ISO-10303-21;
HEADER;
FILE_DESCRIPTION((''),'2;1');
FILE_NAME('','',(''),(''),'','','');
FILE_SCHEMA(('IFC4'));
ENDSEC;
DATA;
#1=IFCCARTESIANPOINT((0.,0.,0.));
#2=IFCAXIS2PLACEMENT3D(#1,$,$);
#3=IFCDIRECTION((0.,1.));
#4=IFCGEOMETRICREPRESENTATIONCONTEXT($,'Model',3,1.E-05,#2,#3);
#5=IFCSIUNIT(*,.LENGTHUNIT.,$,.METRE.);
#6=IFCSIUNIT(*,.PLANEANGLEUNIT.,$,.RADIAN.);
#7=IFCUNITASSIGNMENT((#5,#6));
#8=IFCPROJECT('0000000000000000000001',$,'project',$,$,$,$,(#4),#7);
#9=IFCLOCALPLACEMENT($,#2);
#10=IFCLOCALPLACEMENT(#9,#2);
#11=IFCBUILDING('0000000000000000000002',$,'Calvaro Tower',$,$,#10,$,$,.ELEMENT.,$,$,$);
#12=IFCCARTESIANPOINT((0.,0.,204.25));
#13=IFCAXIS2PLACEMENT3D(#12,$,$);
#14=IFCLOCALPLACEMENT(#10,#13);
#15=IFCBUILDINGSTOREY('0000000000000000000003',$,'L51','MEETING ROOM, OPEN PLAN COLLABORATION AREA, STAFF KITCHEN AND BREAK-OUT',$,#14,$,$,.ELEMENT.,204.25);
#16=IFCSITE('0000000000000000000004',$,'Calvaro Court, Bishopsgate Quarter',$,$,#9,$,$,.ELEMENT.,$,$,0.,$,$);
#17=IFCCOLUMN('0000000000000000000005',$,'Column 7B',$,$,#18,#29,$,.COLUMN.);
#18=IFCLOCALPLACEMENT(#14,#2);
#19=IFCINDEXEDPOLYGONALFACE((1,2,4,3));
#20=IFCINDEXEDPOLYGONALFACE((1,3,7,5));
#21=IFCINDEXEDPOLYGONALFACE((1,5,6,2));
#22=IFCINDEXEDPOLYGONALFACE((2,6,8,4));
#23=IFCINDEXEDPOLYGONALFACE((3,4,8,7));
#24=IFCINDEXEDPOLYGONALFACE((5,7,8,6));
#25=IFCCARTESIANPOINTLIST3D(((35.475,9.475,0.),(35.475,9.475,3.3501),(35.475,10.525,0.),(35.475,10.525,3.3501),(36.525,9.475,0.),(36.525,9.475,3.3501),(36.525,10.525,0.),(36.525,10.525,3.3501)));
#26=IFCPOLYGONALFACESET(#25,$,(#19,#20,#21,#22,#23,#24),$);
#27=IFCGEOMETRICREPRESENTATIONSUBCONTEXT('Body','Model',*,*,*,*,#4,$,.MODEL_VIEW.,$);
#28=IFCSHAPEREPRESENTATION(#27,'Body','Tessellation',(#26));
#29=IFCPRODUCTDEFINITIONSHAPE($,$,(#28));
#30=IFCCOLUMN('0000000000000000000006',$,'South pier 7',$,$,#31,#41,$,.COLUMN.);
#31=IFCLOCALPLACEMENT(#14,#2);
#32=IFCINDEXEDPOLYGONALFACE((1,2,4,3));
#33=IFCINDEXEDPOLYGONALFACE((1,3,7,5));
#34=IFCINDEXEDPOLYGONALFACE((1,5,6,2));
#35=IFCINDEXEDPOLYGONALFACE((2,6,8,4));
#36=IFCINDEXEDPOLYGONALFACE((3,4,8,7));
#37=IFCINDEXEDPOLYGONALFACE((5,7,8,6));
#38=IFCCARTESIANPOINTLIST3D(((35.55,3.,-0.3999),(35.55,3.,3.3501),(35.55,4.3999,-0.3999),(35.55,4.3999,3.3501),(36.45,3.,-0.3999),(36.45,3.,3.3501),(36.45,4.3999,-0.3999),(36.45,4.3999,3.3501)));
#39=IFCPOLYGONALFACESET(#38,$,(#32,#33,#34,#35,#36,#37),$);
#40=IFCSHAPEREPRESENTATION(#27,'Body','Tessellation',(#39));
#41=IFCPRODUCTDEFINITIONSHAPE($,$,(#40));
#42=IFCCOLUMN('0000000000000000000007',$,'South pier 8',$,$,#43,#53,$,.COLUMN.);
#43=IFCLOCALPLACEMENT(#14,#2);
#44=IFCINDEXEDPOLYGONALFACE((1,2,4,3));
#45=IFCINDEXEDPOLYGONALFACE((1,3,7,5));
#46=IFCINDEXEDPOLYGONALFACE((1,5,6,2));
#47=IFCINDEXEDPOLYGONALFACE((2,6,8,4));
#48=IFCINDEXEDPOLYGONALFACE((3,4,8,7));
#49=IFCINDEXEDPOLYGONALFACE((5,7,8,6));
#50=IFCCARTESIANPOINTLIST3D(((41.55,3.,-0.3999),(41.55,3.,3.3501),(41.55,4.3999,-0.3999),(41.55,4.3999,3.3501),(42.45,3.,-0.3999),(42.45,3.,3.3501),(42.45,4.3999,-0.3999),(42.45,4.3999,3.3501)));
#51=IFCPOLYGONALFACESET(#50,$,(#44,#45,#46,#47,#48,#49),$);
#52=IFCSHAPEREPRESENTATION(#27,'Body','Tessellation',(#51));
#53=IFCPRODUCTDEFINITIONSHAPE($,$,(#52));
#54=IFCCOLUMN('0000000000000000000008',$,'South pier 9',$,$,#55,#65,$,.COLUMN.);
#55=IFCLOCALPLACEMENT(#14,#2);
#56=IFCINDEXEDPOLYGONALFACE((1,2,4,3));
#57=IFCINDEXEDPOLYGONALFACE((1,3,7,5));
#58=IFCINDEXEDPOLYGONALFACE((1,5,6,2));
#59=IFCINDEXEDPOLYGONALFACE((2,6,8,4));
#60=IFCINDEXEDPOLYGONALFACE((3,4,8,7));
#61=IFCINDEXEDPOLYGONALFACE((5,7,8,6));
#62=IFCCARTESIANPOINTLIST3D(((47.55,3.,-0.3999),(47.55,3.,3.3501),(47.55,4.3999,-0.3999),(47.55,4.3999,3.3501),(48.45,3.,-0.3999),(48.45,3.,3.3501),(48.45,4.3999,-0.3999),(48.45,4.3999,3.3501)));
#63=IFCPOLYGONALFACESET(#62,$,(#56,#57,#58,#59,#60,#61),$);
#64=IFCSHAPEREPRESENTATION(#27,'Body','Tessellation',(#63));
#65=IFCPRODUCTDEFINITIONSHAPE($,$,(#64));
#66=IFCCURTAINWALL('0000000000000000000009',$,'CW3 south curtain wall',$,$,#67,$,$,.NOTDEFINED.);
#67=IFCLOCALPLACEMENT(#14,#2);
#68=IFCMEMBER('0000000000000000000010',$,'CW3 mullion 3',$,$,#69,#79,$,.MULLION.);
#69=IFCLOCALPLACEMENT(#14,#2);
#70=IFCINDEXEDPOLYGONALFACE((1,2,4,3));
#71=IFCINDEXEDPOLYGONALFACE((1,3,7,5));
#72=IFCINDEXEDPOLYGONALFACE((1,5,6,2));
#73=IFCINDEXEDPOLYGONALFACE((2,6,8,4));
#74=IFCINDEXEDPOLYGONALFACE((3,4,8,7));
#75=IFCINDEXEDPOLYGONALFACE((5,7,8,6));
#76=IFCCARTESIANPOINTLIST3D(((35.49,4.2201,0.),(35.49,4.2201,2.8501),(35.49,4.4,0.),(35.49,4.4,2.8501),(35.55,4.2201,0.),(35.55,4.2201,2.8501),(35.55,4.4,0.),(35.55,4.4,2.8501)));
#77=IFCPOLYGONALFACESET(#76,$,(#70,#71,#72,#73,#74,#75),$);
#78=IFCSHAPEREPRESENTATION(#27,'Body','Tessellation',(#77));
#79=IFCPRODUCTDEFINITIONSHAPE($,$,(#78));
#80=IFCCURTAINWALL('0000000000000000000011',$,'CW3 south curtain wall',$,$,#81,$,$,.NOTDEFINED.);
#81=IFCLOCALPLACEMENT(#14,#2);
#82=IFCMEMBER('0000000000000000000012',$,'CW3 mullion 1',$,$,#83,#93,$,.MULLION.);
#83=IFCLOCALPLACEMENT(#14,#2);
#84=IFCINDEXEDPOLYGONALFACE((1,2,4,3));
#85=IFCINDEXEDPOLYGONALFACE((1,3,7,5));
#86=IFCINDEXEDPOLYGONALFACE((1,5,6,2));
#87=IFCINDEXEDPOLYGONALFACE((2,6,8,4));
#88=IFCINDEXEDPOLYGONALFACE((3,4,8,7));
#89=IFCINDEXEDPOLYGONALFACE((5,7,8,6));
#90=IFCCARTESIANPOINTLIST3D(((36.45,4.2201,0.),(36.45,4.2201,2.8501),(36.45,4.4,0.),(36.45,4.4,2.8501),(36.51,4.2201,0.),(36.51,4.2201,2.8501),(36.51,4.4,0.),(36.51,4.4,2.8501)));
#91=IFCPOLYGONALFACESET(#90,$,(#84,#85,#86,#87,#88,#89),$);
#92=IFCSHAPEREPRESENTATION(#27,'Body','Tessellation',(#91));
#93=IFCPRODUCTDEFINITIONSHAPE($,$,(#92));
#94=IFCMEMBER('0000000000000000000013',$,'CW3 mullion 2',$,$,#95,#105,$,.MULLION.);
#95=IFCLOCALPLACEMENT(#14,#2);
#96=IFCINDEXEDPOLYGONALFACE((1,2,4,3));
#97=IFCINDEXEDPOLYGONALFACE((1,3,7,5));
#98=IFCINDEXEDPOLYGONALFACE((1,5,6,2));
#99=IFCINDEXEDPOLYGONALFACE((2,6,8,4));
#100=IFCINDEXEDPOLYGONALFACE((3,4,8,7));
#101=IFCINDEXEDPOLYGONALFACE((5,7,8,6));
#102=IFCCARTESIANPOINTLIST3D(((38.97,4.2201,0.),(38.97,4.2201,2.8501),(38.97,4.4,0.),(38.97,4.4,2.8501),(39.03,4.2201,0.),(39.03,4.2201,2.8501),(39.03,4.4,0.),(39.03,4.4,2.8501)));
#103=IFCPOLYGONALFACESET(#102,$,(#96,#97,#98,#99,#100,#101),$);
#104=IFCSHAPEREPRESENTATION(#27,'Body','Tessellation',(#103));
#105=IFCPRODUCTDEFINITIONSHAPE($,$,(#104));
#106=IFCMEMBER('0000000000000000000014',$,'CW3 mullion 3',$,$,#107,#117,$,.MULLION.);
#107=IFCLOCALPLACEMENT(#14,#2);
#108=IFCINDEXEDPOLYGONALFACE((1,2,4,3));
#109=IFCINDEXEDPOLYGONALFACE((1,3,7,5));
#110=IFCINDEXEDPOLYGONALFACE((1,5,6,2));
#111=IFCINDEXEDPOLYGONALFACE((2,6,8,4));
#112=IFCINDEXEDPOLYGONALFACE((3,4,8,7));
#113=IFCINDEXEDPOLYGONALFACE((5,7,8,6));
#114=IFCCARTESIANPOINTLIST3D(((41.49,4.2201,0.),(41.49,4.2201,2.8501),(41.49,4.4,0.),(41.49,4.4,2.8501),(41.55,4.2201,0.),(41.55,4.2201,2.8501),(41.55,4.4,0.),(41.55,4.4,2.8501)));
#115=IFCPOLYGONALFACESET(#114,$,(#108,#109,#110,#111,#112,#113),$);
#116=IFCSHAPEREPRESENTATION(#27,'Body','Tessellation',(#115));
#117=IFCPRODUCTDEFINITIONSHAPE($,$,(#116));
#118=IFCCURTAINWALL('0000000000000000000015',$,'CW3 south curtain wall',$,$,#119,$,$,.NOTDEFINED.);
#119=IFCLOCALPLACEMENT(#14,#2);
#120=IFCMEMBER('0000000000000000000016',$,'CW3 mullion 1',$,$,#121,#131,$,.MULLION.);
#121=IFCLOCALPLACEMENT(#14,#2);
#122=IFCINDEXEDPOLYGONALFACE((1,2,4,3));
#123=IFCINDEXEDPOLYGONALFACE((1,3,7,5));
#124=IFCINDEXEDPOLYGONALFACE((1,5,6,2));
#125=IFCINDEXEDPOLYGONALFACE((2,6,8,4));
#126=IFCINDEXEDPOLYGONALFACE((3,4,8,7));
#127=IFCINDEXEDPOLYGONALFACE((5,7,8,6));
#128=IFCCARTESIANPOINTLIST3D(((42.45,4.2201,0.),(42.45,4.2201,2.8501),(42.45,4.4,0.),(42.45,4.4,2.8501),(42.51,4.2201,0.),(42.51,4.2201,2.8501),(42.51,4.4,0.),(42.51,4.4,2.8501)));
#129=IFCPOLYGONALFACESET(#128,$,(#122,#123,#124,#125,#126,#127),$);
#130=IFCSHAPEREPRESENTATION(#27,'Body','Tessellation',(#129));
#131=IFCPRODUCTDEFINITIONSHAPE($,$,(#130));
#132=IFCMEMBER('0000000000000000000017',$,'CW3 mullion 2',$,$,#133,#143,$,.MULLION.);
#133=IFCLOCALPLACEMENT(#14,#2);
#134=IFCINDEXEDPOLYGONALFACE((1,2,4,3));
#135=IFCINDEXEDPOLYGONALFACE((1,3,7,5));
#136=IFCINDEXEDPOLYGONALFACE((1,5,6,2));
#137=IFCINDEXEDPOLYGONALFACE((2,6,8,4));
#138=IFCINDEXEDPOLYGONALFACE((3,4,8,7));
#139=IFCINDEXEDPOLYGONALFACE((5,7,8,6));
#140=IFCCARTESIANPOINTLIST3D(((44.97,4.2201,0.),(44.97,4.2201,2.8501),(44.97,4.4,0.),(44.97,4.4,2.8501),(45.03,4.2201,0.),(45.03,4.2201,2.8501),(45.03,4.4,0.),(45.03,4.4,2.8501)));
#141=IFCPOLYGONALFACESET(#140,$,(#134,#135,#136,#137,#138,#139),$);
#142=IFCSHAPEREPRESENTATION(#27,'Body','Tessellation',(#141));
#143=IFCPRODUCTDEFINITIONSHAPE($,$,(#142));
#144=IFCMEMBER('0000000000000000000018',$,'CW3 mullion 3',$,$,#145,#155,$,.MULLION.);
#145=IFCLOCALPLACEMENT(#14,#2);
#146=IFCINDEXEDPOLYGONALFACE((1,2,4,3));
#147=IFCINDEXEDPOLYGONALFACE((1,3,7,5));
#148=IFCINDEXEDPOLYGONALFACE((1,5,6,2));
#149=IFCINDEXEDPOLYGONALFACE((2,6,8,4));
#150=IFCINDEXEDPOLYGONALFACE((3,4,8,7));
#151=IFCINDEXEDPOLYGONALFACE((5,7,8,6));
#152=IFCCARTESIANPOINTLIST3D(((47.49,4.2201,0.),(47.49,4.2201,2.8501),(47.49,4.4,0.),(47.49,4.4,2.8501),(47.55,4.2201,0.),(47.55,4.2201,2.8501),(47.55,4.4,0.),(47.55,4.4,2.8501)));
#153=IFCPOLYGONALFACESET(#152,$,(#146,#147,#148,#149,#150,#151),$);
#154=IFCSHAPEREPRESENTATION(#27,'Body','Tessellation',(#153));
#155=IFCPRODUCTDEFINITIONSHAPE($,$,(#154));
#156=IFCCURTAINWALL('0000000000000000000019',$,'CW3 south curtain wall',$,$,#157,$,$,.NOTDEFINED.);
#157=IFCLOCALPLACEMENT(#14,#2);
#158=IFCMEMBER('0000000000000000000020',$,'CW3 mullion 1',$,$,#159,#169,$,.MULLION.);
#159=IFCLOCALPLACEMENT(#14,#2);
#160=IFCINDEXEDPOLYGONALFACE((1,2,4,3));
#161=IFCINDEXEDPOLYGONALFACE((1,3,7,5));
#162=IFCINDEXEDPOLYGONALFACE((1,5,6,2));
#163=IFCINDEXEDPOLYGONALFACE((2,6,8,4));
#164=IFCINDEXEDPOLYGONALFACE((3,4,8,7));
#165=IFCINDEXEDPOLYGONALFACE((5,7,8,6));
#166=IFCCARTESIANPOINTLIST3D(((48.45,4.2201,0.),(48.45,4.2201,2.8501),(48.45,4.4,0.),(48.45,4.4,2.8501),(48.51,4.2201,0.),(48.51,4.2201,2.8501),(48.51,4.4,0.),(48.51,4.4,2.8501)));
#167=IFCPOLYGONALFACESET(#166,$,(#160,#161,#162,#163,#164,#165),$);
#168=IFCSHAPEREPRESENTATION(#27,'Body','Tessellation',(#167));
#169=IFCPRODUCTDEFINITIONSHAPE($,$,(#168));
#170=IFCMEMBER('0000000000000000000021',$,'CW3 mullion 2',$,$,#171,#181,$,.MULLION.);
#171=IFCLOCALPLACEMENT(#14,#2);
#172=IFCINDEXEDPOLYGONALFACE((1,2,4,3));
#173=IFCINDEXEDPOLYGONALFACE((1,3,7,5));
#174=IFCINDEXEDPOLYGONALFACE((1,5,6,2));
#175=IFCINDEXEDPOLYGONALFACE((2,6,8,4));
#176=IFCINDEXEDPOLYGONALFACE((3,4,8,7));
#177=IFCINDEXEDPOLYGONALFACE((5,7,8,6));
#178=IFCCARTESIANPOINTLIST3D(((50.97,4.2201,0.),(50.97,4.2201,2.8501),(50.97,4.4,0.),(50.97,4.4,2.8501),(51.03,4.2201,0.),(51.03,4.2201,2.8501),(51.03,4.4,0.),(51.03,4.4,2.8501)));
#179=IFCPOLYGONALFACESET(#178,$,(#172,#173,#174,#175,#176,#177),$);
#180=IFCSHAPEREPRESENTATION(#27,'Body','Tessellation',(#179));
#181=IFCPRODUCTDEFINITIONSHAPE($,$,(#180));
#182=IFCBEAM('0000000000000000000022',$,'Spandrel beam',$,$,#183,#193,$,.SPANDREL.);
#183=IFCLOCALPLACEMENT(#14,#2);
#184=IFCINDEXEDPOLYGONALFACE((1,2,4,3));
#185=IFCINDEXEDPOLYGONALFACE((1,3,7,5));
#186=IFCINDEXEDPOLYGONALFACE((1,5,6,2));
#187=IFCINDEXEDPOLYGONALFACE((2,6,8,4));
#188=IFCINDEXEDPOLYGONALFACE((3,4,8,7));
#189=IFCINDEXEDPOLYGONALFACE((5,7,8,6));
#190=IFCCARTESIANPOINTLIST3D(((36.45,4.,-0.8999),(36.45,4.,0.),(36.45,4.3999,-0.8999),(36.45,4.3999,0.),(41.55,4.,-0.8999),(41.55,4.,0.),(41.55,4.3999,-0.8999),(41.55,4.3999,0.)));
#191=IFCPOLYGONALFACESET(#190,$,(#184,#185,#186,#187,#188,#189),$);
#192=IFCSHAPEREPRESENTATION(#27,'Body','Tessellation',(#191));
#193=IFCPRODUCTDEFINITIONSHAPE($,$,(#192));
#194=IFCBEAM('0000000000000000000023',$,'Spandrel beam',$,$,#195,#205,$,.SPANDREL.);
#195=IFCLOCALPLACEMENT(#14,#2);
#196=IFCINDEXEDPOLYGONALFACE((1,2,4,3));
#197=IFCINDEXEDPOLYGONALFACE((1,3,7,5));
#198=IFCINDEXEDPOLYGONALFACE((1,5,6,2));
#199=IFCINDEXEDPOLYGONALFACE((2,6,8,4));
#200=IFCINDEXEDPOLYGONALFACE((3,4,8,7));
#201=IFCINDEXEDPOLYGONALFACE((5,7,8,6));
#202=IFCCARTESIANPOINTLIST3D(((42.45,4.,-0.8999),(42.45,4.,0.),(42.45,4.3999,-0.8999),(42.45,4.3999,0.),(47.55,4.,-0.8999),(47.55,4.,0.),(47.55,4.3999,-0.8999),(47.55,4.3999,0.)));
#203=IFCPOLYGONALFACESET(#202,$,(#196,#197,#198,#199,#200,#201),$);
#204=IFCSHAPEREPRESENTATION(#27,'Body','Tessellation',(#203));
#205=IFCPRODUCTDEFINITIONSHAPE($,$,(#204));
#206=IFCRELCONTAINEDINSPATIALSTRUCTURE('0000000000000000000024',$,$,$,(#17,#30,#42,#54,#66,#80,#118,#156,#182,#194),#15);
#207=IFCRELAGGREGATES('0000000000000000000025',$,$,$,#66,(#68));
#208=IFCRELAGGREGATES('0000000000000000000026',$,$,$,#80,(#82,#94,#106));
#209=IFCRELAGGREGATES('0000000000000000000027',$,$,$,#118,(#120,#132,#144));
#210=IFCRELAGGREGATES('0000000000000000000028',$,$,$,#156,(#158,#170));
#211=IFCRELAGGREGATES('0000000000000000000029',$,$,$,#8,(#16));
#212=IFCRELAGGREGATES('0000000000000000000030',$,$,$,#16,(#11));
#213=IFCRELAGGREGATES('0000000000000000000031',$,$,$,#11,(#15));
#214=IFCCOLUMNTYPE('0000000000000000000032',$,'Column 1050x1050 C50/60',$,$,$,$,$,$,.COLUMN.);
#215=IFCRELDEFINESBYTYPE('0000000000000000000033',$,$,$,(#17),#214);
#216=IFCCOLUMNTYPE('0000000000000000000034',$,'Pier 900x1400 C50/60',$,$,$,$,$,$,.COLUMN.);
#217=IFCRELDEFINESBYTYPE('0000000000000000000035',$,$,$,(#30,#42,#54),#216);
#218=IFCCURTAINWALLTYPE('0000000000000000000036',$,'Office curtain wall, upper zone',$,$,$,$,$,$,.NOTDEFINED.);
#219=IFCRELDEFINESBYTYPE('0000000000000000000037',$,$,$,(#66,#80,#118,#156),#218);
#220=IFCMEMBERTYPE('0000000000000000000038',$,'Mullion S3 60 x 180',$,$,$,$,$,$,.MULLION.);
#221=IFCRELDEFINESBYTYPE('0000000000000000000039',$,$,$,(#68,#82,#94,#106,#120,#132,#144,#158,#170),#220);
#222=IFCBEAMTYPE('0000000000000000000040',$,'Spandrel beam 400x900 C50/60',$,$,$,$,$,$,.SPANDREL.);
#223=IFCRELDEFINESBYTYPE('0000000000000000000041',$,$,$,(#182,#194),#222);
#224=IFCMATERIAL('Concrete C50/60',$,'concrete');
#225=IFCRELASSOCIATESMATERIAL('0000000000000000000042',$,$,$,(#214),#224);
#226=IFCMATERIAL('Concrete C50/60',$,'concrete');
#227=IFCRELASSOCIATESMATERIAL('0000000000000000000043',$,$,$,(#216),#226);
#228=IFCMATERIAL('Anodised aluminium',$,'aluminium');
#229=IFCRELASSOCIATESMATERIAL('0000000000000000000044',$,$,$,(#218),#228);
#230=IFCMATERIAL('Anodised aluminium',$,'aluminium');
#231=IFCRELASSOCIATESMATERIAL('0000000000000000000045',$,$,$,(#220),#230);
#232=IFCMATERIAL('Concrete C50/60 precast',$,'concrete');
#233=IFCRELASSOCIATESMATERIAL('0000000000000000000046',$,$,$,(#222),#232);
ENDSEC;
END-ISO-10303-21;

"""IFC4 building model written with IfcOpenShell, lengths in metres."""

from ifc_helpers import new_model, si_unit, direction, frame, origin, origin_2d, place, context, subcontext, project, spatial, rectangle, extrude, material, material_profile, profile_set, type_object, element, aggregate, save


model = new_model("IFC4")

# Units and contexts
model_context = context("Model", 3, precision=1e-05, world=origin(), true_north=direction((0.0, 1.0)))
body_context = subcontext(model_context, "Body", "Model", "MODEL_VIEW")
ifc_project = project(units=[si_unit("LENGTHUNIT", "METRE"), si_unit("PLANEANGLEUNIT", "RADIAN")], contexts=[model_context])

# Site, building, storey
site_placement = place(None, origin())
site = spatial("IfcSite", under=ifc_project, at=site_placement, Name="Calvaro Court, Bishopsgate Quarter", CompositionType="ELEMENT", RefElevation=0.0)
building_placement = place(site_placement, origin())
building = spatial("IfcBuilding", under=site, at=building_placement, Name="Calvaro Tower", CompositionType="ELEMENT")
storey_placement = place(building_placement, frame((0.0, 0.0, 204.25)))
storey = spatial("IfcBuildingStorey", under=building, at=storey_placement, Name="L51", Description="MEETING ROOM, OPEN PLAN COLLABORATION AREA, STAFF KITCHEN AND BREAK-OUT", CompositionType="ELEMENT", Elevation=204.25)

# Columns
ifc_material_1 = material(Name="Concrete C50/60", Category="concrete")
ifc_material_profile_1 = material_profile(ifc_material_1, rectangle(XDim=1.05, YDim=1.05, at=origin_2d()), Name="RC 1050x1050")
ifc_profile_set_1 = profile_set([ifc_material_profile_1], Name="Concrete C50/60")
column_type_1 = type_object("IfcColumnType", Name="Column 1050x1050 C50/60", PredefinedType="COLUMN", material=ifc_profile_set_1)
column_placement = place(storey_placement, frame((36.0, 10.0, 0.0), z_axis=(0.0, 0.0, 1.0), x_axis=(1.0, 0.0, 0.0)))
element("IfcColumn", 1, at=column_placement, inside=storey, type_object=column_type_1, Name="Column 7B", PredefinedType="COLUMN", context=body_context, shape_type="SweptSolid", body=[
    extrude(rectangle(XDim=1.05, YDim=1.05, at=origin_2d()), origin(), (0.0, 0.0, 1.0), 3.3501),
])
ifc_material_2 = material(Name="Concrete C50/60", Category="concrete")
ifc_material_profile_2 = material_profile(ifc_material_2, rectangle(XDim=0.8999, YDim=1.3999, at=origin_2d()), Name="RC 900x1400")
ifc_profile_set_2 = profile_set([ifc_material_profile_2], Name="Concrete C50/60")
column_type_2 = type_object("IfcColumnType", Name="Pier 900x1400 C50/60", PredefinedType="COLUMN", material=ifc_profile_set_2)
for number, where, z_axis, x_axis, name in (
    (2, (36.0, 3.7, -0.3999), (0.0, 0.0, 1.0), (1.0, 0.0, 0.0), "South pier 7"),
    (3, (42.0, 3.7, -0.3999), (0.0, 0.0, 1.0), (1.0, 0.0, 0.0), "South pier 8"),
    (4, (48.0, 3.7, -0.3999), (0.0, 0.0, 1.0), (1.0, 0.0, 0.0), "South pier 9"),
):
    element("IfcColumn", number, at=place(storey_placement, frame(where, z_axis=z_axis, x_axis=x_axis)), inside=storey, type_object=column_type_2, Name=name, PredefinedType="COLUMN", context=body_context, shape_type="SweptSolid", body=[
        extrude(rectangle(XDim=0.8999, YDim=1.3999, at=origin_2d()), origin(), (0.0, 0.0, 1.0), 3.75),
    ])

# Curtain wall, member
ifc_material_3 = material(Name="Anodised aluminium", Category="aluminium")
curtain_wall_type = type_object("IfcCurtainWallType", Name="Office curtain wall, upper zone", PredefinedType="NOTDEFINED", material=ifc_material_3)
curtain_wall_1_placement = place(storey_placement, origin())
curtain_wall_1 = element("IfcCurtainWall", 5, at=curtain_wall_1_placement, inside=storey, type_object=curtain_wall_type, Name="CW3 south curtain wall", PredefinedType="NOTDEFINED")
ifc_material_4 = material(Name="Anodised aluminium", Category="aluminium")
ifc_material_profile_3 = material_profile(ifc_material_4, rectangle(XDim=0.1799, YDim=0.0601, at=origin_2d()), Name="Mullion S3 60 x 180")
ifc_profile_set_3 = profile_set([ifc_material_profile_3], Name="Anodised aluminium")
member_type_1 = type_object("IfcMemberType", Name="Mullion S3 60 x 180", PredefinedType="MULLION", material=ifc_profile_set_3)
member_1_placement = place(storey_placement, frame((35.52, 4.3101, 0.0), z_axis=(0.0, 0.0, 1.0), x_axis=(0.0, 1.0, 0.0)))
member_1 = element("IfcMember", 6, at=member_1_placement, type_object=member_type_1, Name="CW3 mullion 3", PredefinedType="MULLION", context=body_context, shape_type="SweptSolid", body=[
    extrude(rectangle(XDim=0.1799, YDim=0.0601, at=origin_2d()), origin(), (0.0, 0.0, 1.0), 2.8501),
])
aggregate(curtain_wall_1, [member_1])

# Curtain walls, members
curtain_wall_2_placement = place(storey_placement, origin())
curtain_wall_2 = element("IfcCurtainWall", 7, at=curtain_wall_2_placement, inside=storey, type_object=curtain_wall_type, Name="CW3 south curtain wall", PredefinedType="NOTDEFINED")
member_2_placement = place(storey_placement, frame((36.48, 4.3101, 0.0), z_axis=(0.0, 0.0, 1.0), x_axis=(0.0, 1.0, 0.0)))
member_2 = element("IfcMember", 8, at=member_2_placement, type_object=member_type_1, Name="CW3 mullion 1", PredefinedType="MULLION", context=body_context, shape_type="SweptSolid", body=[
    extrude(rectangle(XDim=0.1799, YDim=0.0601, at=origin_2d()), origin(), (0.0, 0.0, 1.0), 2.8501),
])
member_3_placement = place(storey_placement, frame((39.0, 4.3101, 0.0), z_axis=(0.0, 0.0, 1.0), x_axis=(0.0, 1.0, 0.0)))
member_3 = element("IfcMember", 9, at=member_3_placement, type_object=member_type_1, Name="CW3 mullion 2", PredefinedType="MULLION", context=body_context, shape_type="SweptSolid", body=[
    extrude(rectangle(XDim=0.1799, YDim=0.0601, at=origin_2d()), origin(), (0.0, 0.0, 1.0), 2.8501),
])
member_4_placement = place(storey_placement, frame((41.52, 4.3101, 0.0), z_axis=(0.0, 0.0, 1.0), x_axis=(0.0, 1.0, 0.0)))
member_4 = element("IfcMember", 10, at=member_4_placement, type_object=member_type_1, Name="CW3 mullion 3", PredefinedType="MULLION", context=body_context, shape_type="SweptSolid", body=[
    extrude(rectangle(XDim=0.1799, YDim=0.0601, at=origin_2d()), origin(), (0.0, 0.0, 1.0), 2.8501),
])
curtain_wall_3_placement = place(storey_placement, origin())
curtain_wall_3 = element("IfcCurtainWall", 11, at=curtain_wall_3_placement, inside=storey, type_object=curtain_wall_type, Name="CW3 south curtain wall", PredefinedType="NOTDEFINED")
member_5_placement = place(storey_placement, frame((42.48, 4.3101, 0.0), z_axis=(0.0, 0.0, 1.0), x_axis=(0.0, 1.0, 0.0)))
member_5 = element("IfcMember", 12, at=member_5_placement, type_object=member_type_1, Name="CW3 mullion 1", PredefinedType="MULLION", context=body_context, shape_type="SweptSolid", body=[
    extrude(rectangle(XDim=0.1799, YDim=0.0601, at=origin_2d()), origin(), (0.0, 0.0, 1.0), 2.8501),
])
member_6_placement = place(storey_placement, frame((45.0, 4.3101, 0.0), z_axis=(0.0, 0.0, 1.0), x_axis=(0.0, 1.0, 0.0)))
member_6 = element("IfcMember", 13, at=member_6_placement, type_object=member_type_1, Name="CW3 mullion 2", PredefinedType="MULLION", context=body_context, shape_type="SweptSolid", body=[
    extrude(rectangle(XDim=0.1799, YDim=0.0601, at=origin_2d()), origin(), (0.0, 0.0, 1.0), 2.8501),
])
member_7_placement = place(storey_placement, frame((47.52, 4.3101, 0.0), z_axis=(0.0, 0.0, 1.0), x_axis=(0.0, 1.0, 0.0)))
member_7 = element("IfcMember", 14, at=member_7_placement, type_object=member_type_1, Name="CW3 mullion 3", PredefinedType="MULLION", context=body_context, shape_type="SweptSolid", body=[
    extrude(rectangle(XDim=0.1799, YDim=0.0601, at=origin_2d()), origin(), (0.0, 0.0, 1.0), 2.8501),
])
curtain_wall_4_placement = place(storey_placement, origin())
curtain_wall_4 = element("IfcCurtainWall", 15, at=curtain_wall_4_placement, inside=storey, type_object=curtain_wall_type, Name="CW3 south curtain wall", PredefinedType="NOTDEFINED")
member_8_placement = place(storey_placement, frame((48.48, 4.3101, 0.0), z_axis=(0.0, 0.0, 1.0), x_axis=(0.0, 1.0, 0.0)))
member_8 = element("IfcMember", 16, at=member_8_placement, type_object=member_type_1, Name="CW3 mullion 1", PredefinedType="MULLION", context=body_context, shape_type="SweptSolid", body=[
    extrude(rectangle(XDim=0.1799, YDim=0.0601, at=origin_2d()), origin(), (0.0, 0.0, 1.0), 2.8501),
])
member_9_placement = place(storey_placement, frame((51.0, 4.3101, 0.0), z_axis=(0.0, 0.0, 1.0), x_axis=(0.0, 1.0, 0.0)))
member_9 = element("IfcMember", 17, at=member_9_placement, type_object=member_type_1, Name="CW3 mullion 2", PredefinedType="MULLION", context=body_context, shape_type="SweptSolid", body=[
    extrude(rectangle(XDim=0.1799, YDim=0.0601, at=origin_2d()), origin(), (0.0, 0.0, 1.0), 2.8501),
])

# Beams
ifc_material_5 = material(Name="Concrete C50/60 precast", Category="concrete")
ifc_material_profile_4 = material_profile(ifc_material_5, rectangle(XDim=0.3999, YDim=0.8999, at=origin_2d()), Name="RC 400x900")
ifc_profile_set_4 = profile_set([ifc_material_profile_4], Name="Concrete C50/60 precast")
beam_type = type_object("IfcBeamType", Name="Spandrel beam 400x900 C50/60", PredefinedType="SPANDREL", material=ifc_profile_set_4)
for number, where, z_axis, x_axis, name in (
    (18, (36.45, 4.2, -0.45), (1.0, 0.0, 0.0), (0.0, 1.0, 0.0), "Spandrel beam"),
    (19, (42.45, 4.2, -0.45), (1.0, 0.0, 0.0), (0.0, 1.0, 0.0), "Spandrel beam"),
):
    element("IfcBeam", number, at=place(storey_placement, frame(where, z_axis=z_axis, x_axis=x_axis)), inside=storey, type_object=beam_type, Name=name, PredefinedType="SPANDREL", context=body_context, shape_type="SweptSolid", body=[
        extrude(rectangle(XDim=0.3999, YDim=0.8999, at=origin_2d()), origin(), (0.0, 0.0, 1.0), 5.1001),
    ])

aggregate(curtain_wall_2, [member_2, member_3, member_4])
aggregate(curtain_wall_3, [member_5, member_6, member_7])
aggregate(curtain_wall_4, [member_8, member_9])

save(model, "model.ifc")
